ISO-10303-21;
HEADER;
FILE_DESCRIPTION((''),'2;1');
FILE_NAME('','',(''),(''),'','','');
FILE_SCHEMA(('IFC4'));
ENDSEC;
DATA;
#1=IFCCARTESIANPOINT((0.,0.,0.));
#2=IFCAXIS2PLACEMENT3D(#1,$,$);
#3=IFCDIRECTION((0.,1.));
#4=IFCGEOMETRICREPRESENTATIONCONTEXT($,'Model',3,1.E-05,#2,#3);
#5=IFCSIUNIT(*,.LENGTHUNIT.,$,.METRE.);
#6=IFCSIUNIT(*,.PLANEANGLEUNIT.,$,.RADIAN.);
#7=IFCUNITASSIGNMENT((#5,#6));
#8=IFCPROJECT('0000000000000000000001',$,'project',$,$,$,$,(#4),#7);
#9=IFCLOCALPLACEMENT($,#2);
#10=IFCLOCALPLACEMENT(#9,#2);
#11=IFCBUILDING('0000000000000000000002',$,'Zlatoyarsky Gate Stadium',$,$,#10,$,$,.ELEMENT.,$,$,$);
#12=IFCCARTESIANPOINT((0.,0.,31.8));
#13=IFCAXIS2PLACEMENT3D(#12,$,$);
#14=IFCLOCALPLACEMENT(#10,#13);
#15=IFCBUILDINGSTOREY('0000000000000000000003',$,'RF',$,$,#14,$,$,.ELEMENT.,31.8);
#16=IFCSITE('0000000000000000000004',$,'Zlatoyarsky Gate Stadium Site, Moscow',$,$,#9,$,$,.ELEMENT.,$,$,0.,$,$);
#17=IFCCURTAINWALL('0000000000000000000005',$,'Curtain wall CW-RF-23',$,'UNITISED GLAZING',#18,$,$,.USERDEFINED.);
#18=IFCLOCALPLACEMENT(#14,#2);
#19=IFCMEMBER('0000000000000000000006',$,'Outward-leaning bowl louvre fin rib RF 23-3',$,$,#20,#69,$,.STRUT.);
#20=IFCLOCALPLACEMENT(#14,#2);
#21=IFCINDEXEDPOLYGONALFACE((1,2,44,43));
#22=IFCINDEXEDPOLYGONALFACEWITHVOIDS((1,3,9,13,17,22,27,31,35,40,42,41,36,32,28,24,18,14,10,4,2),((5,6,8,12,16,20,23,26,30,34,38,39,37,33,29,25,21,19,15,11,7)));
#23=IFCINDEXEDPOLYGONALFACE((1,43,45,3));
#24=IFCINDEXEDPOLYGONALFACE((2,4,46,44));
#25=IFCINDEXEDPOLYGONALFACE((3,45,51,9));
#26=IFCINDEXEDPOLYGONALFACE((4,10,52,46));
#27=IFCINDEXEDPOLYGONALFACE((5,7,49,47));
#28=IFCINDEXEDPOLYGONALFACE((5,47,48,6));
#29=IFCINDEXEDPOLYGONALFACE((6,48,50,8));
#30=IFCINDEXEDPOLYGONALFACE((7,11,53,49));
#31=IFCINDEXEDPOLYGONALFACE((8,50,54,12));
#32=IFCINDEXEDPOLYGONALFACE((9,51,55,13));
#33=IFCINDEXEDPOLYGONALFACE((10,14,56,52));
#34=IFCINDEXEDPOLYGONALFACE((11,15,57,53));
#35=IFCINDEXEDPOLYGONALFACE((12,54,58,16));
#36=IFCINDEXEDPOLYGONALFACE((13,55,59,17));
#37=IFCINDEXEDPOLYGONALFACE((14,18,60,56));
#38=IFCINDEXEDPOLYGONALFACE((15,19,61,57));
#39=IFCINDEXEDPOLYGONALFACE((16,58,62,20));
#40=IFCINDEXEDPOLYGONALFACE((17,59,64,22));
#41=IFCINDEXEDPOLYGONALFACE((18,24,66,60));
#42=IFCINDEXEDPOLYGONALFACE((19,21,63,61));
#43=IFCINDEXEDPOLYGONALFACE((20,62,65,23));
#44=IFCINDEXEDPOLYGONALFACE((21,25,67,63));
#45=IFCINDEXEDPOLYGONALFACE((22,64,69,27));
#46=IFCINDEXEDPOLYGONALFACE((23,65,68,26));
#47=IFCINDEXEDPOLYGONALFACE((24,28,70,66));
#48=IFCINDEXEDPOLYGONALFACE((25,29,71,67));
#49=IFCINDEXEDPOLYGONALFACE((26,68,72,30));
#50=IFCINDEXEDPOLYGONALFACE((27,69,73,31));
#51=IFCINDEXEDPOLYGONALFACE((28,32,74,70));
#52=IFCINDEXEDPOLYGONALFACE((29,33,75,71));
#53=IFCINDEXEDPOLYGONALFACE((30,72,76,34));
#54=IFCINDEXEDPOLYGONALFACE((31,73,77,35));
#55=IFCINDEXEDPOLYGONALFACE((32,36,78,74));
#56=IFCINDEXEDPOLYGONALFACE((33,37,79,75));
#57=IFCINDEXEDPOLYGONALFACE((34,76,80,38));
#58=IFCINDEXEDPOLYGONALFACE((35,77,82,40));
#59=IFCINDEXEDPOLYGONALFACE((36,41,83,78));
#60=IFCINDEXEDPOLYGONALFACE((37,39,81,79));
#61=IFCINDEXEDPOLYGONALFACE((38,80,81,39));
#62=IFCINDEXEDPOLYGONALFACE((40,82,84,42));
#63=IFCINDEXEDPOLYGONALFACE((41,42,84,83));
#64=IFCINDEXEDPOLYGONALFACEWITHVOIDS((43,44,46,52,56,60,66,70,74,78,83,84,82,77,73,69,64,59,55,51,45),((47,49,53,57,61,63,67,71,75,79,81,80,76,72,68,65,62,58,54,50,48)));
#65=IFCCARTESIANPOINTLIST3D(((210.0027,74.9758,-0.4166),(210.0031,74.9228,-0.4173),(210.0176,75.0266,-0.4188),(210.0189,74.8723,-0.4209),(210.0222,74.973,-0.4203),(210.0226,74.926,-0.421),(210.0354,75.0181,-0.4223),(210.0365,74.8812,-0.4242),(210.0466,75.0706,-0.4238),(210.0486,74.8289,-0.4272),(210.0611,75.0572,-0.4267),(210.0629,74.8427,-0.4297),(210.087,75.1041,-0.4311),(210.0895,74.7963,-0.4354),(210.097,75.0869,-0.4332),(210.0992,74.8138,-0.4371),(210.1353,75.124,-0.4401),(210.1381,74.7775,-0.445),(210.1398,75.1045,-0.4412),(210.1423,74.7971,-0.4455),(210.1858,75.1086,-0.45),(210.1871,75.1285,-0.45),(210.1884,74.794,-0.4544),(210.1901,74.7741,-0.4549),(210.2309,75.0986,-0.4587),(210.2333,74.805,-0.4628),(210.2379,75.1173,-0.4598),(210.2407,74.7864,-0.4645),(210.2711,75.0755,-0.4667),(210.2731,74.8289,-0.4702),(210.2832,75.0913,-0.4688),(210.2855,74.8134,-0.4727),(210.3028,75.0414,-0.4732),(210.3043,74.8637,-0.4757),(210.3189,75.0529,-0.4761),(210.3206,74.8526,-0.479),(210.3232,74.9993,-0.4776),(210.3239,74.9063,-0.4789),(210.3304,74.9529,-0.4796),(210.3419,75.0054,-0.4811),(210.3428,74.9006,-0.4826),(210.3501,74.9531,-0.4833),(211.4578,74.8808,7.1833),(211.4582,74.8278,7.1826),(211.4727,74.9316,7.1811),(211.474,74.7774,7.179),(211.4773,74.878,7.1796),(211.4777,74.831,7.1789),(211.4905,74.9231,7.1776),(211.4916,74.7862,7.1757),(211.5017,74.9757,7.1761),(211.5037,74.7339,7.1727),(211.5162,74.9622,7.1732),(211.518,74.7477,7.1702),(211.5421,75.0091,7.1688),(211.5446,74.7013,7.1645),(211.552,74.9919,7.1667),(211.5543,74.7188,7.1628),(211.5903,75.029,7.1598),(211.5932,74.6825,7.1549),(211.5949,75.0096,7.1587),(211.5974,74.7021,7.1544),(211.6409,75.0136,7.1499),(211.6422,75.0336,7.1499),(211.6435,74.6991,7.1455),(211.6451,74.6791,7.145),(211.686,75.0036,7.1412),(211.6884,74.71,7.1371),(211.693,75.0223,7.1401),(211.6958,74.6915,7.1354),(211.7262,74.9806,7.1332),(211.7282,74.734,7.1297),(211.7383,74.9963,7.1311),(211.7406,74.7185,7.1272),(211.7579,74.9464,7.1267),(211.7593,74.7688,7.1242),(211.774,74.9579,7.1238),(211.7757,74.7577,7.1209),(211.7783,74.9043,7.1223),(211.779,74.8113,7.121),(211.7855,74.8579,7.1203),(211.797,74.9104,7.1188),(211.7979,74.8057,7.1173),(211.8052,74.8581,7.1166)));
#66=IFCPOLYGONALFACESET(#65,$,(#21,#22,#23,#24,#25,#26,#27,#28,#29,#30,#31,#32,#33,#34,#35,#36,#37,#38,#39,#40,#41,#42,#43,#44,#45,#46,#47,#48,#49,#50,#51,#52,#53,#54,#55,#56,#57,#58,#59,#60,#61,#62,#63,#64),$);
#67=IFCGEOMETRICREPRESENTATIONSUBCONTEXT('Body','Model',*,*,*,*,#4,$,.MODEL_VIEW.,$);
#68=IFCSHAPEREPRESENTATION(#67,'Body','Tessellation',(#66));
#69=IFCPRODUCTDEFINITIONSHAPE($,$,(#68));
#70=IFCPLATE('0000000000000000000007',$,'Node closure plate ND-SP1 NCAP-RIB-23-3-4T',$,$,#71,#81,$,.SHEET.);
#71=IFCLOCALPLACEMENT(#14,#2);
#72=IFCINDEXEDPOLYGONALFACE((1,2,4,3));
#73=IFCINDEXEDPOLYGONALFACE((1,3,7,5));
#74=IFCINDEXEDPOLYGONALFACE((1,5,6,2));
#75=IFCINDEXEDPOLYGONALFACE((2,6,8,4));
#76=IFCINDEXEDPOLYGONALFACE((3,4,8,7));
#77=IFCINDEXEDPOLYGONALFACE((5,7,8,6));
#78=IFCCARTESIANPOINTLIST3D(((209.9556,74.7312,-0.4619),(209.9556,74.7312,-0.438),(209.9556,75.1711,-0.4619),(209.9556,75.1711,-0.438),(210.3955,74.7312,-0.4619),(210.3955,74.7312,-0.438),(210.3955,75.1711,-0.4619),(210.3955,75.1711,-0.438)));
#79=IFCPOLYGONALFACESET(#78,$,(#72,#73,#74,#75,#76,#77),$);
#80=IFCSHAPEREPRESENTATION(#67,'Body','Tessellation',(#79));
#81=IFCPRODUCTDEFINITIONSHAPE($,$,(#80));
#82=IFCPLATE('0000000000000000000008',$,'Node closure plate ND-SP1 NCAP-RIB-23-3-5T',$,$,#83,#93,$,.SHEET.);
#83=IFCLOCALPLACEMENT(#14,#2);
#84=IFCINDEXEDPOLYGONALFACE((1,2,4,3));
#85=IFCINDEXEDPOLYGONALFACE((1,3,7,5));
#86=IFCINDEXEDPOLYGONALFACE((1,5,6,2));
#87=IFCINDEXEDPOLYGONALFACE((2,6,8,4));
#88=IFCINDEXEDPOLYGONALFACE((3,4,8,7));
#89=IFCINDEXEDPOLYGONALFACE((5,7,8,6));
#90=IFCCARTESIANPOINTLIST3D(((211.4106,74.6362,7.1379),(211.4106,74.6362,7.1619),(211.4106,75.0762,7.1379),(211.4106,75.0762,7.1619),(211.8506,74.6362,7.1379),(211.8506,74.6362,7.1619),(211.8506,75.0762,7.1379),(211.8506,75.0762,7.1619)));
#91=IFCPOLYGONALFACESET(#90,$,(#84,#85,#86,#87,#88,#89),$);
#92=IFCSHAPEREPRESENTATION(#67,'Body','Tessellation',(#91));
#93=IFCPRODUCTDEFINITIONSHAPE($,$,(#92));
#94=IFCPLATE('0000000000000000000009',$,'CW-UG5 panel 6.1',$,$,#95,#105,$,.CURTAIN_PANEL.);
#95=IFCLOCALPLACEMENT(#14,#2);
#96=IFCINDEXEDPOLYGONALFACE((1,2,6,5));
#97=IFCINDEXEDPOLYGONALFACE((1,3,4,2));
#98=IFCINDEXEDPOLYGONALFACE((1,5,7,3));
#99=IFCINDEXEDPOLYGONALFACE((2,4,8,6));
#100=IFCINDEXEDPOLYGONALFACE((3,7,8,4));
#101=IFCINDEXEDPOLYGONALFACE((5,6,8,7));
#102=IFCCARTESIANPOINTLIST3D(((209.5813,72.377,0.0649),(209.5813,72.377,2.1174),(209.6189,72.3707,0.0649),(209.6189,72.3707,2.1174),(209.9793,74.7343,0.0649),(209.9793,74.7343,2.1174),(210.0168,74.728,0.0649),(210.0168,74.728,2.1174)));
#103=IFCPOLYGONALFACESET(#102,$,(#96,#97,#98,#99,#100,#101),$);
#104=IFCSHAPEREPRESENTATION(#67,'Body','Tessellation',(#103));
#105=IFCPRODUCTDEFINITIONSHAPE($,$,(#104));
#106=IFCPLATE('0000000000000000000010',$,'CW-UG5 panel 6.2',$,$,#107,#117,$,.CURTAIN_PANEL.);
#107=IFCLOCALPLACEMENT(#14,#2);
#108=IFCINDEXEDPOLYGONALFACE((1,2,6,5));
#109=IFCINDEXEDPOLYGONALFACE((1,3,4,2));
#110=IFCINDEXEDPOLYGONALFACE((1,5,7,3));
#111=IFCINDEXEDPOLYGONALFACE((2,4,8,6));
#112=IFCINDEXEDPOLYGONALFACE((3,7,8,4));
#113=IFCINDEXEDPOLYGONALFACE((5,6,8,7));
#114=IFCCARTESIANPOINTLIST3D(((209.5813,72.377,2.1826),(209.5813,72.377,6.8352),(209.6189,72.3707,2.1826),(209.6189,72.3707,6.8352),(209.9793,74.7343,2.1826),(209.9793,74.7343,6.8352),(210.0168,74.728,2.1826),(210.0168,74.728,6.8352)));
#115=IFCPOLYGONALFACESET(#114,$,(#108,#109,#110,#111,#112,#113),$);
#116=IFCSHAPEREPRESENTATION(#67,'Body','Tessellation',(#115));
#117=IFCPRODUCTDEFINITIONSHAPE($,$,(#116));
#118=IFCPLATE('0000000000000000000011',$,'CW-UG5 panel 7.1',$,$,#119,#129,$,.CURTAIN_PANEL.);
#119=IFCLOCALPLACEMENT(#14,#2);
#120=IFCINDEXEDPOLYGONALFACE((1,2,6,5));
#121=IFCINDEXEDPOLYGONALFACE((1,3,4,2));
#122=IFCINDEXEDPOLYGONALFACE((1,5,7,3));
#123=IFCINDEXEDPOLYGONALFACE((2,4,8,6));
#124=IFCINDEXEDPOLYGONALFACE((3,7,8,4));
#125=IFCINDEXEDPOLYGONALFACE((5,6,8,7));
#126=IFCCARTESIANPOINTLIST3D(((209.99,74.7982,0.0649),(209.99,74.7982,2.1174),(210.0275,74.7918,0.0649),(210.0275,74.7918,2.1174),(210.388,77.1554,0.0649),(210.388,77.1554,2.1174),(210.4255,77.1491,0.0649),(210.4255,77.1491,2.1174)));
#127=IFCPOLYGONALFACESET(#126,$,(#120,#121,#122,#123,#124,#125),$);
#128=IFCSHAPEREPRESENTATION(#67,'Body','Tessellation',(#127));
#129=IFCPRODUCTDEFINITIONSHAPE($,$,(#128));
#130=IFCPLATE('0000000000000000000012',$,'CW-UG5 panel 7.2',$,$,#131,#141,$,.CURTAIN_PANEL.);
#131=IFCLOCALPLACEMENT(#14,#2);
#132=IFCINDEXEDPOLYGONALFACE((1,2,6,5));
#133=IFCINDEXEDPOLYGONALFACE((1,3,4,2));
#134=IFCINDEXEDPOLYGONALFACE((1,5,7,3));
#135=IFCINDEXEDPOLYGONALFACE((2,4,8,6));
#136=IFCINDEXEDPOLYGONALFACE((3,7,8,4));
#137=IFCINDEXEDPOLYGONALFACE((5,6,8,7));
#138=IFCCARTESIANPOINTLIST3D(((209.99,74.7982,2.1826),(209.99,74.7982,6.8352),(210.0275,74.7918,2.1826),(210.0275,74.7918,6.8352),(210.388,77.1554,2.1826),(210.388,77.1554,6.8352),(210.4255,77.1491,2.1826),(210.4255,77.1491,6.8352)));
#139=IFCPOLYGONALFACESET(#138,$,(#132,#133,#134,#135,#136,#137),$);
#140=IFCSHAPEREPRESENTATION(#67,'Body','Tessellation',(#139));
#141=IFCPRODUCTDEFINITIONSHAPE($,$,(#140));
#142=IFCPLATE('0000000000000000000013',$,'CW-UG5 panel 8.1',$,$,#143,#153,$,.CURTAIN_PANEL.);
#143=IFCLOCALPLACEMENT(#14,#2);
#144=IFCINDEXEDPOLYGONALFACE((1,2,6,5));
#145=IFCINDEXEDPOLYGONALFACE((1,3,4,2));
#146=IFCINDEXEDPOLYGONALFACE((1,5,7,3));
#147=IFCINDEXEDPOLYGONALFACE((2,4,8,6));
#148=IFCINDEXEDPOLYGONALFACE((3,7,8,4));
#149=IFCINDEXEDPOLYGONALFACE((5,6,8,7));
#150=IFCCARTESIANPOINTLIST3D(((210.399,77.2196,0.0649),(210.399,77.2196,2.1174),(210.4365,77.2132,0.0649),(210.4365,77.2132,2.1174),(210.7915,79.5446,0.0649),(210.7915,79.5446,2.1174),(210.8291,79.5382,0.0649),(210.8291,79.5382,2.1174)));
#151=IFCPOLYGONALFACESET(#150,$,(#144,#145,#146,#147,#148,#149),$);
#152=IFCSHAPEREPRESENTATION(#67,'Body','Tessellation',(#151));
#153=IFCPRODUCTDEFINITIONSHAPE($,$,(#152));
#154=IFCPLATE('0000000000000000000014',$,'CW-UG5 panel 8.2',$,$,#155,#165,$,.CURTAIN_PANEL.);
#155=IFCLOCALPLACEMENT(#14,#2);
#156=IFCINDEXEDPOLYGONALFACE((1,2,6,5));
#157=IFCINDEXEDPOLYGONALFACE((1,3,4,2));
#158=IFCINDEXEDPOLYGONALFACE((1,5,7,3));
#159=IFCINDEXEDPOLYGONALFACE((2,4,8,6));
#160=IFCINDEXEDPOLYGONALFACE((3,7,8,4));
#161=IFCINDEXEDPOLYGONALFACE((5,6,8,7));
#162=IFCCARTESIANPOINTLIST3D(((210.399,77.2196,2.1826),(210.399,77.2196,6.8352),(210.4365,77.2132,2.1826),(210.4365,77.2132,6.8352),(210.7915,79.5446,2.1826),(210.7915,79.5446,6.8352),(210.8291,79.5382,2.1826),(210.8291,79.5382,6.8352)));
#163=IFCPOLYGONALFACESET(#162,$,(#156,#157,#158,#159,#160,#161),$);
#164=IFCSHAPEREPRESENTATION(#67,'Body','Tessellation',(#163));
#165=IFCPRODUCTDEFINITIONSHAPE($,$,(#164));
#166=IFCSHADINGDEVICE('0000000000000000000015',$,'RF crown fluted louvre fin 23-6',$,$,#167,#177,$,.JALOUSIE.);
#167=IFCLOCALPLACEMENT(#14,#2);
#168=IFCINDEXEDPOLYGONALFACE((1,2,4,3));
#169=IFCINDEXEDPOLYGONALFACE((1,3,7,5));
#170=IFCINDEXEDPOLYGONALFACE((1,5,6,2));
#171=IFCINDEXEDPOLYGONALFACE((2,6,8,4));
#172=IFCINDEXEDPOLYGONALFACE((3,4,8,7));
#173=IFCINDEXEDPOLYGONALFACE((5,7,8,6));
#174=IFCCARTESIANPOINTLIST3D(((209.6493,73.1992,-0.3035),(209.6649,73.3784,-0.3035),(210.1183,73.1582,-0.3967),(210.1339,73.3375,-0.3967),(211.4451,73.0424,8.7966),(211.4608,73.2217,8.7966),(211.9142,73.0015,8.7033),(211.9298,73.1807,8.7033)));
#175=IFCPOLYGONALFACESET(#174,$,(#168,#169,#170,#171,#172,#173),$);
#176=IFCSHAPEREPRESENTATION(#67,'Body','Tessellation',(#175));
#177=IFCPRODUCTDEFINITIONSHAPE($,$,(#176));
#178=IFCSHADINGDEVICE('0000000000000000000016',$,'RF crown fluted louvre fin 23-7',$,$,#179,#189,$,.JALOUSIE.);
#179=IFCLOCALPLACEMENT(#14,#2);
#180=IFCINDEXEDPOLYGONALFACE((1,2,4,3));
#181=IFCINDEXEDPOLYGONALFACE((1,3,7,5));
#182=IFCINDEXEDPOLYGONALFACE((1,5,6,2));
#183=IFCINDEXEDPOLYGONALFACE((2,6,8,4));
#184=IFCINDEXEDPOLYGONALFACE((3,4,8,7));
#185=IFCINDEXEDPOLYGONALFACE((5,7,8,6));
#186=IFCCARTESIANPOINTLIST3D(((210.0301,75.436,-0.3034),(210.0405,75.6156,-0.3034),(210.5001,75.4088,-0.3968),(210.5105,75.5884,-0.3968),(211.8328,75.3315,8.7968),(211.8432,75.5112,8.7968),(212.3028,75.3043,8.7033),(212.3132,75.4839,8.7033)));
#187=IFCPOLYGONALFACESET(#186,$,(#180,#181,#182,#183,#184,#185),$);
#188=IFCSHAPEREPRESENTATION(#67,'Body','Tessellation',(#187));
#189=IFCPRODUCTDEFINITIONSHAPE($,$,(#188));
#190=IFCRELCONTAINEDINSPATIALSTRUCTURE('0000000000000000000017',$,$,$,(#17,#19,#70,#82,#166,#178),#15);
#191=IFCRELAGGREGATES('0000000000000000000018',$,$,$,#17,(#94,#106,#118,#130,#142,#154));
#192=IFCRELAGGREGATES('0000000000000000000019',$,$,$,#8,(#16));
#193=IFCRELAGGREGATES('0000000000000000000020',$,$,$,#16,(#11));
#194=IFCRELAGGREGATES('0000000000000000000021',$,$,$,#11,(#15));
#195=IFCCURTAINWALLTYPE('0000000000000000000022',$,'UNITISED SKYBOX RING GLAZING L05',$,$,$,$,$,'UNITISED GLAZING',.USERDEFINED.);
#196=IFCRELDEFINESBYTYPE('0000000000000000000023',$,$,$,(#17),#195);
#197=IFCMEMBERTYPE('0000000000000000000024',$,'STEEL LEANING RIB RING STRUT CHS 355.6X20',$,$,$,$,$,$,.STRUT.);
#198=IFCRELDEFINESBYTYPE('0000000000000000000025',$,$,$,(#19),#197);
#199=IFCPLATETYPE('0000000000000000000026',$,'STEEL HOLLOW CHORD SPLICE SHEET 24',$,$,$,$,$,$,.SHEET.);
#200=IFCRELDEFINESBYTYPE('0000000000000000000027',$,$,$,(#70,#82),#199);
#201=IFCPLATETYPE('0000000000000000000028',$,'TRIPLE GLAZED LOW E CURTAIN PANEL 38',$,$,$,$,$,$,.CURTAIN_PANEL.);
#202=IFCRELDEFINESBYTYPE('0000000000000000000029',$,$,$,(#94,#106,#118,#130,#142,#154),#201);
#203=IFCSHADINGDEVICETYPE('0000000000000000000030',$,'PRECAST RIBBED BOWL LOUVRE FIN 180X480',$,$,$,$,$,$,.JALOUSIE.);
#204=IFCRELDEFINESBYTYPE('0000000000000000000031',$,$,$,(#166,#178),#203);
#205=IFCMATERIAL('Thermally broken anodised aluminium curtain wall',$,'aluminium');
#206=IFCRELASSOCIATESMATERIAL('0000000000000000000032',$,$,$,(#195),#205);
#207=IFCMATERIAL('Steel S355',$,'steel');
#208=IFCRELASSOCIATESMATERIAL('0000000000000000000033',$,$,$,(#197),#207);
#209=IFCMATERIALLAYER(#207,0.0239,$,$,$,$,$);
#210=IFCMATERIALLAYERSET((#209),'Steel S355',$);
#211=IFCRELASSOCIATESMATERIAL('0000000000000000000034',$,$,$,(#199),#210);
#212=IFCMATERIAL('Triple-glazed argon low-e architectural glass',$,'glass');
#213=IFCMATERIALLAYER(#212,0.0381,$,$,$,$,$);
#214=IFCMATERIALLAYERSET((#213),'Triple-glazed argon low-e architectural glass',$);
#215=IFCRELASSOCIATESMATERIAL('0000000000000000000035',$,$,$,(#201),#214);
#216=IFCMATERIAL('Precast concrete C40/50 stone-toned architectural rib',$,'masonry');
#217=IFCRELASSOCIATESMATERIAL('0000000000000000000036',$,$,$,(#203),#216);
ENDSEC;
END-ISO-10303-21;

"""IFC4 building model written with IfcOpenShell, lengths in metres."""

from ifc_helpers import new_model, si_unit, direction, frame, origin, origin_2d, place, context, subcontext, project, spatial, rectangle, hollow_circle, extrude, material, layer, layer_set, material_profile, profile_set, type_object, element, aggregate, save


model = new_model("IFC4")

# Units and contexts
model_context = context("Model", 3, precision=1e-05, world=origin(), true_north=direction((0.0, 1.0)))
body_context = subcontext(model_context, "Body", "Model", "MODEL_VIEW")
ifc_project = project(units=[si_unit("LENGTHUNIT", "METRE"), si_unit("PLANEANGLEUNIT", "RADIAN")], contexts=[model_context])

# Site, building, storey
site_placement = place(None, origin())
site = spatial("IfcSite", under=ifc_project, at=site_placement, Name="Zlatoyarsky Gate Stadium Site, Moscow", CompositionType="ELEMENT", RefElevation=0.0)
building_placement = place(site_placement, origin())
building = spatial("IfcBuilding", under=site, at=building_placement, Name="Zlatoyarsky Gate Stadium", CompositionType="ELEMENT")
storey_placement = place(building_placement, frame((0.0, 0.0, 31.8)))
storey = spatial("IfcBuildingStorey", under=building, at=storey_placement, Name="RF", CompositionType="ELEMENT", Elevation=31.8)

# Curtain wall
ifc_material_1 = material(Name="Thermally broken anodised aluminium curtain wall", Category="aluminium")
curtain_wall_type = type_object("IfcCurtainWallType", Name="UNITISED SKYBOX RING GLAZING L05", ElementType="UNITISED GLAZING", PredefinedType="USERDEFINED", material=ifc_material_1)
curtain_wall_placement = place(storey_placement, origin())
curtain_wall = element("IfcCurtainWall", 1, at=curtain_wall_placement, inside=storey, type_object=curtain_wall_type, Name="Curtain wall CW-RF-23", ObjectType="UNITISED GLAZING", PredefinedType="USERDEFINED")

# Member
ifc_material_2 = material(Name="Steel S355", Category="steel")
ifc_material_profile_1 = material_profile(ifc_material_2, hollow_circle(Radius=0.1777, WallThickness=0.02, at=origin_2d()), Name="CHS 355.6X20")
ifc_profile_set_1 = profile_set([ifc_material_profile_1], Name="Steel S355")
member_type_1 = type_object("IfcMemberType", Name="STEEL LEANING RIB RING STRUT CHS 355.6X20", PredefinedType="STRUT", material=ifc_profile_set_1)
member_1_placement = place(storey_placement, frame((210.1755, 74.9512, -0.45), z_axis=(0.188032, -0.012273, 0.982086), x_axis=(0.06513, 0.997877, 0.0)))
element("IfcMember", 2, at=member_1_placement, inside=storey, type_object=member_type_1, Name="Outward-leaning bowl louvre fin rib RF 23-3", PredefinedType="STRUT", context=body_context, shape_type="SweptSolid", body=[
    extrude(hollow_circle(Radius=0.1777, WallThickness=0.02, at=origin_2d()), origin(), (0.0, 0.0, 1.0), 7.7385),
])

# Plates
ifc_layer_1 = layer(ifc_material_2, 0.0239)
ifc_layer_set_1 = layer_set([ifc_layer_1], Name="Steel S355")
plate_type_1 = type_object("IfcPlateType", Name="STEEL HOLLOW CHORD SPLICE SHEET 24", PredefinedType="SHEET", material=ifc_layer_set_1)
for number, where, z_axis, x_axis, name in (
    (3, (210.1755, 74.9512, -0.4619), (0.0, 0.0, 1.0), (1.0, 0.0, 0.0), "Node closure plate ND-SP1 NCAP-RIB-23-3-4T"),
    (4, (211.6306, 74.8562, 7.1379), (0.0, 0.0, 1.0), (1.0, 0.0, 0.0), "Node closure plate ND-SP1 NCAP-RIB-23-3-5T"),
):
    element("IfcPlate", number, at=place(storey_placement, frame(where, z_axis=z_axis, x_axis=x_axis)), inside=storey, type_object=plate_type_1, Name=name, PredefinedType="SHEET", context=body_context, shape_type="SweptSolid", body=[
        extrude(rectangle(XDim=0.4399, YDim=0.4399, at=origin_2d()), origin(), (0.0, 0.0, 1.0), 0.0239),
    ])

# Plates
ifc_material_3 = material(Name="Triple-glazed argon low-e architectural glass", Category="glass")
ifc_layer_2 = layer(ifc_material_3, 0.0381)
ifc_layer_set_2 = layer_set([ifc_layer_2], Name="Triple-glazed argon low-e architectural glass")
plate_type_2 = type_object("IfcPlateType", Name="TRIPLE GLAZED LOW E CURTAIN PANEL 38", PredefinedType="CURTAIN_PANEL", material=ifc_layer_set_2)
plate_1_placement = place(storey_placement, frame((209.7991, 73.5525, 0.0649), z_axis=(0.0, 0.0, 1.0), x_axis=(0.166482, 0.986044, 0.0)))
plate_1 = element("IfcPlate", 5, at=plate_1_placement, type_object=plate_type_2, Name="CW-UG5 panel 6.1", PredefinedType="CURTAIN_PANEL", context=body_context, shape_type="SweptSolid", body=[
    extrude(rectangle(XDim=2.3906, YDim=0.0381, at=origin_2d()), origin(), (0.0, 0.0, 1.0), 2.0525),
])
plate_2_placement = place(storey_placement, frame((209.7991, 73.5525, 2.1826), z_axis=(0.0, 0.0, 1.0), x_axis=(0.166482, 0.986044, 0.0)))
plate_2 = element("IfcPlate", 6, at=plate_2_placement, type_object=plate_type_2, Name="CW-UG5 panel 6.2", PredefinedType="CURTAIN_PANEL", context=body_context, shape_type="SweptSolid", body=[
    extrude(rectangle(XDim=2.3906, YDim=0.0381, at=origin_2d()), origin(), (0.0, 0.0, 1.0), 4.6526),
])
plate_3_placement = place(storey_placement, frame((210.2078, 75.9736, 0.0649), z_axis=(0.0, 0.0, 1.0), x_axis=(0.166482, 0.986044, 0.0)))
plate_3 = element("IfcPlate", 7, at=plate_3_placement, type_object=plate_type_2, Name="CW-UG5 panel 7.1", PredefinedType="CURTAIN_PANEL", context=body_context, shape_type="SweptSolid", body=[
    extrude(rectangle(XDim=2.3906, YDim=0.0381, at=origin_2d()), origin(), (0.0, 0.0, 1.0), 2.0525),
])
plate_4_placement = place(storey_placement, frame((210.2078, 75.9736, 2.1826), z_axis=(0.0, 0.0, 1.0), x_axis=(0.166482, 0.986044, 0.0)))
plate_4 = element("IfcPlate", 8, at=plate_4_placement, type_object=plate_type_2, Name="CW-UG5 panel 7.2", PredefinedType="CURTAIN_PANEL", context=body_context, shape_type="SweptSolid", body=[
    extrude(rectangle(XDim=2.3906, YDim=0.0381, at=origin_2d()), origin(), (0.0, 0.0, 1.0), 4.6526),
])
plate_5_placement = place(storey_placement, frame((210.614, 78.3789, 0.0649), z_axis=(0.0, 0.0, 1.0), x_axis=(0.166482, 0.986044, 0.0)))
plate_5 = element("IfcPlate", 9, at=plate_5_placement, type_object=plate_type_2, Name="CW-UG5 panel 8.1", PredefinedType="CURTAIN_PANEL", context=body_context, shape_type="SweptSolid", body=[
    extrude(rectangle(XDim=2.3579, YDim=0.0381, at=origin_2d()), origin(), (0.0, 0.0, 1.0), 2.0525),
])
plate_6_placement = place(storey_placement, frame((210.614, 78.3789, 2.1826), z_axis=(0.0, 0.0, 1.0), x_axis=(0.166482, 0.986044, 0.0)))
plate_6 = element("IfcPlate", 10, at=plate_6_placement, type_object=plate_type_2, Name="CW-UG5 panel 8.2", PredefinedType="CURTAIN_PANEL", context=body_context, shape_type="SweptSolid", body=[
    extrude(rectangle(XDim=2.3579, YDim=0.0381, at=origin_2d()), origin(), (0.0, 0.0, 1.0), 4.6526),
])
aggregate(curtain_wall, [plate_1, plate_2, plate_3, plate_4, plate_5, plate_6])

# Shading devices
ifc_material_4 = material(Name="Precast concrete C40/50 stone-toned architectural rib", Category="masonry")
ifc_material_profile_2 = material_profile(ifc_material_4, rectangle(XDim=0.1799, YDim=0.48, at=origin_2d()), Name="RIB 180X480")
ifc_profile_set_2 = profile_set([ifc_material_profile_2], Name="Precast concrete C40/50 stone-toned architectural rib")
shading_device_type = type_object("IfcShadingDeviceType", Name="PRECAST RIBBED BOWL LOUVRE FIN 180X480", PredefinedType="JALOUSIE", material=ifc_profile_set_2)
shading_device_1_placement = place(storey_placement, frame((209.8916, 73.2683, -0.3501), z_axis=(0.193587, -0.016895, 0.980938), x_axis=(0.086945, 0.996213, 0.0)))
element("IfcShadingDevice", 11, at=shading_device_1_placement, inside=storey, type_object=shading_device_type, Name="RF crown fluted louvre fin 23-6", PredefinedType="JALOUSIE", context=body_context, shape_type="SweptSolid", body=[
    extrude(rectangle(XDim=0.1799, YDim=0.48, at=origin_2d()), origin(), (0.0, 0.0, 1.0), 9.2769),
])
shading_device_2_placement = place(storey_placement, frame((210.2703, 75.5122, -0.3501), z_axis=(0.194312, -0.011263, 0.980875), x_axis=(0.057866, 0.998324, 0.0)))
element("IfcShadingDevice", 12, at=shading_device_2_placement, inside=storey, type_object=shading_device_type, Name="RF crown fluted louvre fin 23-7", PredefinedType="JALOUSIE", context=body_context, shape_type="SweptSolid", body=[
    extrude(rectangle(XDim=0.1799, YDim=0.48, at=origin_2d()), origin(), (0.0, 0.0, 1.0), 9.2776),
])

save(model, "model.ifc")
